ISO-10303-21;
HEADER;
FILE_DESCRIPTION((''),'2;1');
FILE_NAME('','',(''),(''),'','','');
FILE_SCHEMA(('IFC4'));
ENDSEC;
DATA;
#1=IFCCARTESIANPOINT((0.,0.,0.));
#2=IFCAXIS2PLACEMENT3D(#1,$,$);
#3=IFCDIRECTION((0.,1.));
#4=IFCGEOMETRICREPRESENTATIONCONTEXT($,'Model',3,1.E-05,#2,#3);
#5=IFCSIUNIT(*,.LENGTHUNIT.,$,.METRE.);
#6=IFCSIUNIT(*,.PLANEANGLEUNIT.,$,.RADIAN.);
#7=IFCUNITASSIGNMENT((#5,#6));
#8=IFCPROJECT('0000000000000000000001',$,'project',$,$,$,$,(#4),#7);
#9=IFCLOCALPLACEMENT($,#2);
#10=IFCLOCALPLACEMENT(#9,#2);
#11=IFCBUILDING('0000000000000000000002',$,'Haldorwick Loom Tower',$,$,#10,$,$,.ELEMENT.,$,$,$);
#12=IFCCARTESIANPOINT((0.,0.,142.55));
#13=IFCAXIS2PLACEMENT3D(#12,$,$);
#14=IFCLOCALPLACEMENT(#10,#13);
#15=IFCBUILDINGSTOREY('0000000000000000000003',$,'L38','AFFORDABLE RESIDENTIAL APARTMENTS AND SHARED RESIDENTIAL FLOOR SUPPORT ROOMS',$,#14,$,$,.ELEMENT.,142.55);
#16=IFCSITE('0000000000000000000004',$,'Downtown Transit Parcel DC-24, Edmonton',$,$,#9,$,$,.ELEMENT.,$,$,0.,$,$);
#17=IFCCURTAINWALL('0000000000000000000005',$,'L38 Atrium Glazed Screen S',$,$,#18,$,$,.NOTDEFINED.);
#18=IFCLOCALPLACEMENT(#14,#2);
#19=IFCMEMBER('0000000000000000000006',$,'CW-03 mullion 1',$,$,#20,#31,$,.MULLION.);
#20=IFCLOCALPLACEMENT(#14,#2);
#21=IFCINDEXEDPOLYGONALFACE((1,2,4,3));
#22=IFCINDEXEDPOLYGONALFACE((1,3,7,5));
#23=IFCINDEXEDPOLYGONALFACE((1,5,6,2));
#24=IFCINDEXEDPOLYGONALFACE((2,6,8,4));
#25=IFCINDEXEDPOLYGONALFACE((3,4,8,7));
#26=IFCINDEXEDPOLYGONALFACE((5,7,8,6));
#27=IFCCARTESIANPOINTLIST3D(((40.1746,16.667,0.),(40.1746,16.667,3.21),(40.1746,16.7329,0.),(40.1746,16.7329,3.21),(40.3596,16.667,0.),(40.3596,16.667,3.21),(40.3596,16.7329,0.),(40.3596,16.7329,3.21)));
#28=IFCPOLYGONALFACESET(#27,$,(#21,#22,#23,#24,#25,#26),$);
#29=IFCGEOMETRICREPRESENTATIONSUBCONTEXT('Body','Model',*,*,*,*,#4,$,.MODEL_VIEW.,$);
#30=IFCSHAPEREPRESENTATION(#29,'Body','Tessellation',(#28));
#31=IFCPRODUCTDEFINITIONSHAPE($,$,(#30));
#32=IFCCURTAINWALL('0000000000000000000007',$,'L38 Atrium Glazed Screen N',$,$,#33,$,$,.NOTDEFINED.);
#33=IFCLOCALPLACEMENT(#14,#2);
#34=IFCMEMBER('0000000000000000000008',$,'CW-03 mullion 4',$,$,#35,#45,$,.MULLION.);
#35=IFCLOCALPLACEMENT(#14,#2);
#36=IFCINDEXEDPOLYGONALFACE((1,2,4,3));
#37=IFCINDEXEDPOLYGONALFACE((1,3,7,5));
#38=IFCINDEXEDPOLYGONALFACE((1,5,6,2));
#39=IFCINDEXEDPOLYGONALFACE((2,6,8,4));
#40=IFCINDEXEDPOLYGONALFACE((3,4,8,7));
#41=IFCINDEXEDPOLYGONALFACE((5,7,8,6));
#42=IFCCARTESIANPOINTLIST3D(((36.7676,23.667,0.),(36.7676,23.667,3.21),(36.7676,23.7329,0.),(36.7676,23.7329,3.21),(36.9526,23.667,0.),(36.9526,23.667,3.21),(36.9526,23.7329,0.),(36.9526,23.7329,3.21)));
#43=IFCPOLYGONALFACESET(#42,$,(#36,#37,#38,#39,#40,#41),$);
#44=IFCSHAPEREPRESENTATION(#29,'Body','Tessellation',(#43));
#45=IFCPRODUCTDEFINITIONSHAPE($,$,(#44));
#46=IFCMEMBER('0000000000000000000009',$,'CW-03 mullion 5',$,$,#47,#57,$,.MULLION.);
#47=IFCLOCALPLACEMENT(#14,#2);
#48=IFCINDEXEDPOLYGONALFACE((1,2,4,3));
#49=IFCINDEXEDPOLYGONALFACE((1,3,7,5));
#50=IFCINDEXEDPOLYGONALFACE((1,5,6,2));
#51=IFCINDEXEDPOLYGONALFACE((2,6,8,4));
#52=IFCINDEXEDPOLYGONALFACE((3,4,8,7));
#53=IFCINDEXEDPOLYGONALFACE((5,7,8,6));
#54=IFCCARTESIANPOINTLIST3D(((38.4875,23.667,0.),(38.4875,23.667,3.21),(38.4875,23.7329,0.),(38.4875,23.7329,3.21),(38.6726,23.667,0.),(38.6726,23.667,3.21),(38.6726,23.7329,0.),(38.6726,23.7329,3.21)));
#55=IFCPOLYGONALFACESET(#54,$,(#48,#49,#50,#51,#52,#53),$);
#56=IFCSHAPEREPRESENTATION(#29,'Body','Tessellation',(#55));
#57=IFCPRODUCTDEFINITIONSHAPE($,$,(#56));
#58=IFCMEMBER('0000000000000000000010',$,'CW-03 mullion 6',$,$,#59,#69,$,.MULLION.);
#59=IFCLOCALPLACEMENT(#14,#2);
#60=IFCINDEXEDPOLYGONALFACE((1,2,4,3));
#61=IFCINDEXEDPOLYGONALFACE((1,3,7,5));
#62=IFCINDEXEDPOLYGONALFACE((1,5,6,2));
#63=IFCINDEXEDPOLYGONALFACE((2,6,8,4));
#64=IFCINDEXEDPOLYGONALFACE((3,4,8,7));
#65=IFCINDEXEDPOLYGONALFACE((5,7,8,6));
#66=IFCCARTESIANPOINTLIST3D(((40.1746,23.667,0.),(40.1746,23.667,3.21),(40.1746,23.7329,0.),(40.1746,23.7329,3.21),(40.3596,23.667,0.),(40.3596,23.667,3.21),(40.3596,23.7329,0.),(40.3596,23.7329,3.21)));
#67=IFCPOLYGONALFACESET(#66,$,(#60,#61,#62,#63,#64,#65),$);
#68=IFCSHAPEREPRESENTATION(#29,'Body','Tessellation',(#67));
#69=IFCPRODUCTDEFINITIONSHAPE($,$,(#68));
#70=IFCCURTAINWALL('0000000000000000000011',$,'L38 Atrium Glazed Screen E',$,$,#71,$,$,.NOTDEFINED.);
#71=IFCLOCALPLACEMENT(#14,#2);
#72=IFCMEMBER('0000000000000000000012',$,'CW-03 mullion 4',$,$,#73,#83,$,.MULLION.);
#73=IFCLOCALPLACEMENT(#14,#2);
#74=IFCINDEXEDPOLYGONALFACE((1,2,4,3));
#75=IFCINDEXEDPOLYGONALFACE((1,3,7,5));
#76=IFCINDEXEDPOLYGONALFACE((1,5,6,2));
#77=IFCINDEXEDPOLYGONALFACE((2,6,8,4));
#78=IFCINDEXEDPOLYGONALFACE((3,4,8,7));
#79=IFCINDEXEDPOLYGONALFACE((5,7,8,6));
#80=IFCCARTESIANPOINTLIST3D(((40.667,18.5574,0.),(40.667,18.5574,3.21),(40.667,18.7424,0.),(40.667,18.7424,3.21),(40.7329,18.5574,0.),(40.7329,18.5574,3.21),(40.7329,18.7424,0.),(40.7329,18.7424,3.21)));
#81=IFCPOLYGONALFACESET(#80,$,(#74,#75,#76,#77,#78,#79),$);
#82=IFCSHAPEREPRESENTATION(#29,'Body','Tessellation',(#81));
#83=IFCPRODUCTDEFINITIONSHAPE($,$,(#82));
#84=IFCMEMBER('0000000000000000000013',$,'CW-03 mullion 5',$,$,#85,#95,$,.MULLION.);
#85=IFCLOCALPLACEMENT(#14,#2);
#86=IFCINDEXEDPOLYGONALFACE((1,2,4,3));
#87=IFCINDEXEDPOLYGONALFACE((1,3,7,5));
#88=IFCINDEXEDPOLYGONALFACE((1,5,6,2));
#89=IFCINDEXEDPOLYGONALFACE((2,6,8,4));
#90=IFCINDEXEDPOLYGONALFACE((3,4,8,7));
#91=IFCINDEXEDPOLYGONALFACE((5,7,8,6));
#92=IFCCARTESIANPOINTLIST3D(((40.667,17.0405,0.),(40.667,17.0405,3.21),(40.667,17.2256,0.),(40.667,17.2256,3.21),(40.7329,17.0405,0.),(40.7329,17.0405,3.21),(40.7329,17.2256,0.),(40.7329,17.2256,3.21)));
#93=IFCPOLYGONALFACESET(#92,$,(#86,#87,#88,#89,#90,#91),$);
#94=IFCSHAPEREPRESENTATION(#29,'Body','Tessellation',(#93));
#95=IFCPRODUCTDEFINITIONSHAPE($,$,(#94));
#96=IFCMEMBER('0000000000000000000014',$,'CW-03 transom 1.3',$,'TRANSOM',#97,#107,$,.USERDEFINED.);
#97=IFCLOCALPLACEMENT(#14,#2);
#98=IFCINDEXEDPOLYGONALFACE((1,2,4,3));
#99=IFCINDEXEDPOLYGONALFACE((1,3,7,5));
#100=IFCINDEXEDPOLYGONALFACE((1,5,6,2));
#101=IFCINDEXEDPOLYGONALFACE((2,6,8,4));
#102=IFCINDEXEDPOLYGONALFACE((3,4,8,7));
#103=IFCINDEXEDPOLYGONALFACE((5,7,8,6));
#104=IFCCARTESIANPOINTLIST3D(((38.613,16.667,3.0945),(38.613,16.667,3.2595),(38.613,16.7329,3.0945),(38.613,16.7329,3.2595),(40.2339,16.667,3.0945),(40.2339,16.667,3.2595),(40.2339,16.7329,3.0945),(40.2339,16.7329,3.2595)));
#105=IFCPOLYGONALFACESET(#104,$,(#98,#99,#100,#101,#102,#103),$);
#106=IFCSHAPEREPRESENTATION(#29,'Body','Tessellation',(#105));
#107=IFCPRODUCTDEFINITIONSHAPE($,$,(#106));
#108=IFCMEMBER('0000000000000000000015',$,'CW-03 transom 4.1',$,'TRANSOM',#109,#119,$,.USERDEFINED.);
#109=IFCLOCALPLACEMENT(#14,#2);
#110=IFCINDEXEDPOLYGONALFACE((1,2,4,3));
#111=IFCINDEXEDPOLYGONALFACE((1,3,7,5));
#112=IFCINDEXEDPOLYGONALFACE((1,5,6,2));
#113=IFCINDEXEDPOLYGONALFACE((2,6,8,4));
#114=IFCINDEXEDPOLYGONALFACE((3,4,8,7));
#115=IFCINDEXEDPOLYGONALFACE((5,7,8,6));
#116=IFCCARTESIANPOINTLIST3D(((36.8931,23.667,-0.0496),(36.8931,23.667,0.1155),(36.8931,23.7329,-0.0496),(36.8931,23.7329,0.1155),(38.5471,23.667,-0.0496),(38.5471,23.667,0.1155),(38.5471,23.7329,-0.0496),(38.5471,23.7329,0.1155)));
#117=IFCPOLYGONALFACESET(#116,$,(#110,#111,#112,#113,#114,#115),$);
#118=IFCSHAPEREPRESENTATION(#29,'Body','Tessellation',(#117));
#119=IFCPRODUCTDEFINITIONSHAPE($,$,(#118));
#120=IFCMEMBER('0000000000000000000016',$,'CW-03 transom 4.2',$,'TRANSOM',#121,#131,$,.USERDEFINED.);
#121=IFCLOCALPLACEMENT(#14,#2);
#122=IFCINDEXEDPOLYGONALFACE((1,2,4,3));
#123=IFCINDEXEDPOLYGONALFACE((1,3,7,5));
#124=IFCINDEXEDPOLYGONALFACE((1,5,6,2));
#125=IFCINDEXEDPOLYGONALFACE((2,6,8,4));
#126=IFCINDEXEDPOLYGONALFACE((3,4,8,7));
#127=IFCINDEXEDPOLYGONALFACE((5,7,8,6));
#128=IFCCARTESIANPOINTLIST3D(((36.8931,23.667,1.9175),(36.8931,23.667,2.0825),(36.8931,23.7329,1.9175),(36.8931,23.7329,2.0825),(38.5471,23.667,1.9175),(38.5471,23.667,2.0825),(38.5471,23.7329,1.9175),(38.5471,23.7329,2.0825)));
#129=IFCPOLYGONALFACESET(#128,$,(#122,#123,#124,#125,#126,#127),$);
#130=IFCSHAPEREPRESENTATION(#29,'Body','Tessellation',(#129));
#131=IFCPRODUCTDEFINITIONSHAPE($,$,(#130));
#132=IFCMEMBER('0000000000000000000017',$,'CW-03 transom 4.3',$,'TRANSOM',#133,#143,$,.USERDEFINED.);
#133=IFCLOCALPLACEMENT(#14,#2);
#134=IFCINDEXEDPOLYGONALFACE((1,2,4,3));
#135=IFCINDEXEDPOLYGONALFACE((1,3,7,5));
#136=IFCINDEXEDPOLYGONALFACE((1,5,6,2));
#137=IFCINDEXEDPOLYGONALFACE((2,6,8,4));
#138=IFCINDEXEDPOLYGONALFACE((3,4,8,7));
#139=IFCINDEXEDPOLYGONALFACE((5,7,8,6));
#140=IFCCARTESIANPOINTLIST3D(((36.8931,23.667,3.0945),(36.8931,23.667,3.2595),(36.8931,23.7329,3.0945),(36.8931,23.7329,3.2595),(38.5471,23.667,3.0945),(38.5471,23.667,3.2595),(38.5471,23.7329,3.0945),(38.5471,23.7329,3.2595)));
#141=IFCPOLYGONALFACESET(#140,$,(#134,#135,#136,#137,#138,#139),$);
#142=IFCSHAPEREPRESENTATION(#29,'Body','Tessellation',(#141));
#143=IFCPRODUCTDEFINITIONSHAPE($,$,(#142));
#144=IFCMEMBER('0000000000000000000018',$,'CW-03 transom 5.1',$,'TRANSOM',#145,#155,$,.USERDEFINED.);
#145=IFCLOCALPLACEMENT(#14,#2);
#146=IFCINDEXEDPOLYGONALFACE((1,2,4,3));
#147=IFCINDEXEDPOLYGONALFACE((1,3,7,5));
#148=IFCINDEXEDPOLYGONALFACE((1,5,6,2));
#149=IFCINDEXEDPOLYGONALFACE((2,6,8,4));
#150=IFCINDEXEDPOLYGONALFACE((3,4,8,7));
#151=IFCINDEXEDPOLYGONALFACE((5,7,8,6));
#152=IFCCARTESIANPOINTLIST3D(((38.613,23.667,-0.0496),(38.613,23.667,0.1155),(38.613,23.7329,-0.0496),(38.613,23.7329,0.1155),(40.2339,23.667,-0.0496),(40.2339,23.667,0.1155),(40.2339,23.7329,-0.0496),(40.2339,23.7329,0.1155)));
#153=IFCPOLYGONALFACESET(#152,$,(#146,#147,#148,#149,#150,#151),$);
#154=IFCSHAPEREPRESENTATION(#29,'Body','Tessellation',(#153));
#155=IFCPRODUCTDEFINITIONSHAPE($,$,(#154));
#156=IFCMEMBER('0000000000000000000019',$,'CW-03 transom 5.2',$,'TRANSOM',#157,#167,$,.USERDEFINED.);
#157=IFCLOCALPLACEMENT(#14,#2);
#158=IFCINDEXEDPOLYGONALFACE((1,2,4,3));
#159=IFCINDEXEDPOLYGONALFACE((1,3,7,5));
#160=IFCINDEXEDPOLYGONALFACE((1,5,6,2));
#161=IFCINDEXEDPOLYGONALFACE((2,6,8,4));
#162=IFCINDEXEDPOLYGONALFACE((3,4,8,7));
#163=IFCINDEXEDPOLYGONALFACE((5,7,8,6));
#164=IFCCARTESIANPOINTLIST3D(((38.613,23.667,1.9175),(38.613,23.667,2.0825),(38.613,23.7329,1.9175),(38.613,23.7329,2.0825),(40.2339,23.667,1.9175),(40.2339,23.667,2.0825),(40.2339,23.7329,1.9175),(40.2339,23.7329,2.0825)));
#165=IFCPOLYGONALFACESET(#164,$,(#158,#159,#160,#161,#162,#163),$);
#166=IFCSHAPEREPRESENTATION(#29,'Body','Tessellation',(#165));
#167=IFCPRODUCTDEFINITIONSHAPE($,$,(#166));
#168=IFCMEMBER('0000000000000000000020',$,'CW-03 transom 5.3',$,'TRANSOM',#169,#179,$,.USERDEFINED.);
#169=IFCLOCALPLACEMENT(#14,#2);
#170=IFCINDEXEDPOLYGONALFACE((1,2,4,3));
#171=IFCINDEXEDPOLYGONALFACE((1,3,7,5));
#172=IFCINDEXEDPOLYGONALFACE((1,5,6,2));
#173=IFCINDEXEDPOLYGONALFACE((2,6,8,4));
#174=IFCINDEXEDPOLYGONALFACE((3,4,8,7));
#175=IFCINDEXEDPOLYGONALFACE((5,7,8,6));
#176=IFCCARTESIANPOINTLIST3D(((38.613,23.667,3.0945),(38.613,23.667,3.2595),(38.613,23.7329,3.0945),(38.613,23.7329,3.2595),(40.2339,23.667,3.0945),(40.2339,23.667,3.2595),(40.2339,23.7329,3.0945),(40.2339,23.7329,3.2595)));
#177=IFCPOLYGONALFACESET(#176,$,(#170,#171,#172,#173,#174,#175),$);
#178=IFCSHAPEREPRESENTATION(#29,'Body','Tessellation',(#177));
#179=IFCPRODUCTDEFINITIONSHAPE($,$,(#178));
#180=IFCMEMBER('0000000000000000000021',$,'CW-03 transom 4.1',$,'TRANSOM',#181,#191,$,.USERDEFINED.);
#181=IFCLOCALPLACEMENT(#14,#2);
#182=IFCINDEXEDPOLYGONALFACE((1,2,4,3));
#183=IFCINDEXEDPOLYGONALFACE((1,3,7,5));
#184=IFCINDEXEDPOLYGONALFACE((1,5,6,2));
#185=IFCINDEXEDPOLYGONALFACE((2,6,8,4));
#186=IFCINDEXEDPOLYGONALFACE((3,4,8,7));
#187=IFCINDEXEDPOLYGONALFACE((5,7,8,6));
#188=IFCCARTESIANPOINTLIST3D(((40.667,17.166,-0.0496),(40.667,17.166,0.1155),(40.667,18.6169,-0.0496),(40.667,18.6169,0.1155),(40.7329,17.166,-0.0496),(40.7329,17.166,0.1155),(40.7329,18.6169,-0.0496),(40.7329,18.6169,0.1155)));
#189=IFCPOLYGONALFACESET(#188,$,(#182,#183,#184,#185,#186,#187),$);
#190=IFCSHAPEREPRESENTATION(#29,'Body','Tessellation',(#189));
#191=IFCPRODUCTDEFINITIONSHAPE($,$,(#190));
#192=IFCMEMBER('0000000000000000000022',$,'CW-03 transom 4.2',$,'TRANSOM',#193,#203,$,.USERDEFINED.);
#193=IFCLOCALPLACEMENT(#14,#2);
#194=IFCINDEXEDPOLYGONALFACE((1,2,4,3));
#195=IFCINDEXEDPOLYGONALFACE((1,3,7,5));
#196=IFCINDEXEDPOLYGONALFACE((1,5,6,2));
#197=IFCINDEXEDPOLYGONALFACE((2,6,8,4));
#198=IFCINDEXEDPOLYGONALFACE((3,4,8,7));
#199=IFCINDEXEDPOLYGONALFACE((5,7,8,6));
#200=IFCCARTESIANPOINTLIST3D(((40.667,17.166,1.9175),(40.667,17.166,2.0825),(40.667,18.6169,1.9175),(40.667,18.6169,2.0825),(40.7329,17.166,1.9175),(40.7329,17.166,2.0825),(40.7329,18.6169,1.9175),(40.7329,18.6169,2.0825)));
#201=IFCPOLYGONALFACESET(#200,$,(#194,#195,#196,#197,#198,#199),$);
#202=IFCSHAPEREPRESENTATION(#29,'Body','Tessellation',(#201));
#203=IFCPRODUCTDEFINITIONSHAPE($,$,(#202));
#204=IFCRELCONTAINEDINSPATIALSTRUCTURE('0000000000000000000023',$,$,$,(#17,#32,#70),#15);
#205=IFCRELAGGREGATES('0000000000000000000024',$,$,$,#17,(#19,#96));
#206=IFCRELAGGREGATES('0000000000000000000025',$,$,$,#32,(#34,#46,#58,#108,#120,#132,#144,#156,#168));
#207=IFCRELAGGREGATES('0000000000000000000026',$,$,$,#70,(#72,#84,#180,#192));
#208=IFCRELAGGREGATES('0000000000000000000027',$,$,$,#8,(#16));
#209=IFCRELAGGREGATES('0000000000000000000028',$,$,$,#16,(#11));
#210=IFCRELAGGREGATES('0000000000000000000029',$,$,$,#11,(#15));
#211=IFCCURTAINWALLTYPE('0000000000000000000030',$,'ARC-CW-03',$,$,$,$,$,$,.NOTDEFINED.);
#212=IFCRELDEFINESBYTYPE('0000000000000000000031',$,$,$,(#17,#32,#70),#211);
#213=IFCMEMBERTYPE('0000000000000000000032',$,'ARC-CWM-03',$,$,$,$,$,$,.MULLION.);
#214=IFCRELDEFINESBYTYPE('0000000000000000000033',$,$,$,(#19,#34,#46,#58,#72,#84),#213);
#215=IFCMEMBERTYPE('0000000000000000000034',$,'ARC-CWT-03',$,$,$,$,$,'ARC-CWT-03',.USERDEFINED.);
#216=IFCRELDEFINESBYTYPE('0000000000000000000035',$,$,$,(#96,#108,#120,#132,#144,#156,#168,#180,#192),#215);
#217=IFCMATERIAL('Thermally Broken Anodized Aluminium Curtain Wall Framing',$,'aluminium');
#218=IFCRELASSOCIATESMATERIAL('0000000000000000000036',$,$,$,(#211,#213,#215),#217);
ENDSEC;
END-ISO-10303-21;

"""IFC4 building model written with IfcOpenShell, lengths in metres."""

from ifc_helpers import new_model, si_unit, direction, frame, origin, origin_2d, place, context, subcontext, project, spatial, rectangle, extrude, material, material_profile, profile_set, type_object, element, aggregate, save


model = new_model("IFC4")

# Units and contexts
model_context = context("Model", 3, precision=1e-05, world=origin(), true_north=direction((0.0, 1.0)))
body_context = subcontext(model_context, "Body", "Model", "MODEL_VIEW")
ifc_project = project(units=[si_unit("LENGTHUNIT", "METRE"), si_unit("PLANEANGLEUNIT", "RADIAN")], contexts=[model_context])

# Site, building, storey
site_placement = place(None, origin())
site = spatial("IfcSite", under=ifc_project, at=site_placement, Name="Downtown Transit Parcel DC-24, Edmonton", CompositionType="ELEMENT", RefElevation=0.0)
building_placement = place(site_placement, origin())
building = spatial("IfcBuilding", under=site, at=building_placement, Name="Haldorwick Loom Tower", CompositionType="ELEMENT")
storey_placement = place(building_placement, frame((0.0, 0.0, 142.55)))
storey = spatial("IfcBuildingStorey", under=building, at=storey_placement, Name="L38", Description="AFFORDABLE RESIDENTIAL APARTMENTS AND SHARED RESIDENTIAL FLOOR SUPPORT ROOMS", CompositionType="ELEMENT", Elevation=142.55)

# Curtain wall, member
ifc_material_1 = material(Name="Thermally Broken Anodized Aluminium Curtain Wall Framing", Category="aluminium")
curtain_wall_type = type_object("IfcCurtainWallType", Name="ARC-CW-03", PredefinedType="NOTDEFINED", material=ifc_material_1)
curtain_wall_1_placement = place(storey_placement, origin())
curtain_wall_1 = element("IfcCurtainWall", 1, at=curtain_wall_1_placement, inside=storey, type_object=curtain_wall_type, Name="L38 Atrium Glazed Screen S", PredefinedType="NOTDEFINED")
ifc_material_profile_1 = material_profile(ifc_material_1, rectangle(XDim=0.0659, YDim=0.1851, at=origin_2d()), Name="ALU_MUL_66X185", Category="aluminium")
ifc_profile_set_1 = profile_set([ifc_material_profile_1], Name="Thermally Broken Anodized Aluminium Curtain Wall Framing")
member_type_1 = type_object("IfcMemberType", Name="ARC-CWM-03", PredefinedType="MULLION", material=ifc_profile_set_1)
member_1_placement = place(storey_placement, frame((40.2671, 16.7, 0.0), z_axis=(0.0, 0.0, 1.0), x_axis=(0.0, -1.0, 0.0)))
member_1 = element("IfcMember", 2, at=member_1_placement, type_object=member_type_1, Name="CW-03 mullion 1", PredefinedType="MULLION", context=body_context, shape_type="SweptSolid", body=[
    extrude(rectangle(XDim=0.0659, YDim=0.1851, at=origin_2d()), origin(), (0.0, 0.0, 1.0), 3.21),
])

# Curtain walls, members
curtain_wall_2_placement = place(storey_placement, origin())
curtain_wall_2 = element("IfcCurtainWall", 3, at=curtain_wall_2_placement, inside=storey, type_object=curtain_wall_type, Name="L38 Atrium Glazed Screen N", PredefinedType="NOTDEFINED")
member_2_placement = place(storey_placement, frame((36.8601, 23.7, 0.0), z_axis=(0.0, 0.0, 1.0), x_axis=(0.0, 1.0, 0.0)))
member_2 = element("IfcMember", 4, at=member_2_placement, type_object=member_type_1, Name="CW-03 mullion 4", PredefinedType="MULLION", context=body_context, shape_type="SweptSolid", body=[
    extrude(rectangle(XDim=0.0659, YDim=0.1851, at=origin_2d()), origin(), (0.0, 0.0, 1.0), 3.21),
])
member_3_placement = place(storey_placement, frame((38.5801, 23.7, 0.0), z_axis=(0.0, 0.0, 1.0), x_axis=(0.0, 1.0, 0.0)))
member_3 = element("IfcMember", 5, at=member_3_placement, type_object=member_type_1, Name="CW-03 mullion 5", PredefinedType="MULLION", context=body_context, shape_type="SweptSolid", body=[
    extrude(rectangle(XDim=0.0659, YDim=0.1851, at=origin_2d()), origin(), (0.0, 0.0, 1.0), 3.21),
])
member_4_placement = place(storey_placement, frame((40.2671, 23.7, 0.0), z_axis=(0.0, 0.0, 1.0), x_axis=(0.0, 1.0, 0.0)))
member_4 = element("IfcMember", 6, at=member_4_placement, type_object=member_type_1, Name="CW-03 mullion 6", PredefinedType="MULLION", context=body_context, shape_type="SweptSolid", body=[
    extrude(rectangle(XDim=0.0659, YDim=0.1851, at=origin_2d()), origin(), (0.0, 0.0, 1.0), 3.21),
])
curtain_wall_3_placement = place(storey_placement, origin())
curtain_wall_3 = element("IfcCurtainWall", 7, at=curtain_wall_3_placement, inside=storey, type_object=curtain_wall_type, Name="L38 Atrium Glazed Screen E", PredefinedType="NOTDEFINED")
member_5_placement = place(storey_placement, frame((40.7, 18.6499, 0.0), z_axis=(0.0, 0.0, 1.0), x_axis=(1.0, 0.0, 0.0)))
member_5 = element("IfcMember", 8, at=member_5_placement, type_object=member_type_1, Name="CW-03 mullion 4", PredefinedType="MULLION", context=body_context, shape_type="SweptSolid", body=[
    extrude(rectangle(XDim=0.0659, YDim=0.1851, at=origin_2d()), origin(), (0.0, 0.0, 1.0), 3.21),
])
member_6_placement = place(storey_placement, frame((40.7, 17.1331, 0.0), z_axis=(0.0, 0.0, 1.0), x_axis=(1.0, 0.0, 0.0)))
member_6 = element("IfcMember", 9, at=member_6_placement, type_object=member_type_1, Name="CW-03 mullion 5", PredefinedType="MULLION", context=body_context, shape_type="SweptSolid", body=[
    extrude(rectangle(XDim=0.0659, YDim=0.1851, at=origin_2d()), origin(), (0.0, 0.0, 1.0), 3.21),
])

# Members
ifc_material_profile_2 = material_profile(ifc_material_1, rectangle(XDim=0.0659, YDim=0.165, at=origin_2d()), Name="ALU_TRN_66X165", Category="aluminium")
ifc_profile_set_2 = profile_set([ifc_material_profile_2], Name="Thermally Broken Anodized Aluminium Curtain Wall Framing")
member_type_2 = type_object("IfcMemberType", Name="ARC-CWT-03", ElementType="ARC-CWT-03", PredefinedType="USERDEFINED", material=ifc_profile_set_2)
member_7_placement = place(storey_placement, frame((40.2339, 16.7, 3.177), z_axis=(-1.0, 0.0, 0.0), x_axis=(0.0, -1.0, 0.0)))
member_7 = element("IfcMember", 10, at=member_7_placement, type_object=member_type_2, Name="CW-03 transom 1.3", ObjectType="TRANSOM", PredefinedType="USERDEFINED", context=body_context, shape_type="SweptSolid", body=[
    extrude(rectangle(XDim=0.0659, YDim=0.165, at=origin_2d()), origin(), (0.0, 0.0, 1.0), 1.6208),
])
aggregate(curtain_wall_1, [member_1, member_7])
member_8_placement = place(storey_placement, frame((36.8931, 23.7, 0.033), z_axis=(1.0, 0.0, 0.0), x_axis=(0.0, 1.0, 0.0)))
member_8 = element("IfcMember", 11, at=member_8_placement, type_object=member_type_2, Name="CW-03 transom 4.1", ObjectType="TRANSOM", PredefinedType="USERDEFINED", context=body_context, shape_type="SweptSolid", body=[
    extrude(rectangle(XDim=0.0659, YDim=0.165, at=origin_2d()), origin(), (0.0, 0.0, 1.0), 1.6541),
])
member_9_placement = place(storey_placement, frame((36.8931, 23.7, 2.0), z_axis=(1.0, 0.0, 0.0), x_axis=(0.0, 1.0, 0.0)))
member_9 = element("IfcMember", 12, at=member_9_placement, type_object=member_type_2, Name="CW-03 transom 4.2", ObjectType="TRANSOM", PredefinedType="USERDEFINED", context=body_context, shape_type="SweptSolid", body=[
    extrude(rectangle(XDim=0.0659, YDim=0.165, at=origin_2d()), origin(), (0.0, 0.0, 1.0), 1.6541),
])
member_10_placement = place(storey_placement, frame((36.8931, 23.7, 3.177), z_axis=(1.0, 0.0, 0.0), x_axis=(0.0, 1.0, 0.0)))
member_10 = element("IfcMember", 13, at=member_10_placement, type_object=member_type_2, Name="CW-03 transom 4.3", ObjectType="TRANSOM", PredefinedType="USERDEFINED", context=body_context, shape_type="SweptSolid", body=[
    extrude(rectangle(XDim=0.0659, YDim=0.165, at=origin_2d()), origin(), (0.0, 0.0, 1.0), 1.6541),
])
member_11_placement = place(storey_placement, frame((38.613, 23.7, 0.033), z_axis=(1.0, 0.0, 0.0), x_axis=(0.0, 1.0, 0.0)))
member_11 = element("IfcMember", 14, at=member_11_placement, type_object=member_type_2, Name="CW-03 transom 5.1", ObjectType="TRANSOM", PredefinedType="USERDEFINED", context=body_context, shape_type="SweptSolid", body=[
    extrude(rectangle(XDim=0.0659, YDim=0.165, at=origin_2d()), origin(), (0.0, 0.0, 1.0), 1.6208),
])
member_12_placement = place(storey_placement, frame((38.613, 23.7, 2.0), z_axis=(1.0, 0.0, 0.0), x_axis=(0.0, 1.0, 0.0)))
member_12 = element("IfcMember", 15, at=member_12_placement, type_object=member_type_2, Name="CW-03 transom 5.2", ObjectType="TRANSOM", PredefinedType="USERDEFINED", context=body_context, shape_type="SweptSolid", body=[
    extrude(rectangle(XDim=0.0659, YDim=0.165, at=origin_2d()), origin(), (0.0, 0.0, 1.0), 1.6208),
])
member_13_placement = place(storey_placement, frame((38.613, 23.7, 3.177), z_axis=(1.0, 0.0, 0.0), x_axis=(0.0, 1.0, 0.0)))
member_13 = element("IfcMember", 16, at=member_13_placement, type_object=member_type_2, Name="CW-03 transom 5.3", ObjectType="TRANSOM", PredefinedType="USERDEFINED", context=body_context, shape_type="SweptSolid", body=[
    extrude(rectangle(XDim=0.0659, YDim=0.165, at=origin_2d()), origin(), (0.0, 0.0, 1.0), 1.6208),
])
member_14_placement = place(storey_placement, frame((40.7, 18.6169, 0.033), z_axis=(0.0, -1.0, 0.0), x_axis=(1.0, 0.0, 0.0)))
member_14 = element("IfcMember", 17, at=member_14_placement, type_object=member_type_2, Name="CW-03 transom 4.1", ObjectType="TRANSOM", PredefinedType="USERDEFINED", context=body_context, shape_type="SweptSolid", body=[
    extrude(rectangle(XDim=0.0659, YDim=0.165, at=origin_2d()), origin(), (0.0, 0.0, 1.0), 1.4509),
])
member_15_placement = place(storey_placement, frame((40.7, 18.6169, 2.0), z_axis=(0.0, -1.0, 0.0), x_axis=(1.0, 0.0, 0.0)))
member_15 = element("IfcMember", 18, at=member_15_placement, type_object=member_type_2, Name="CW-03 transom 4.2", ObjectType="TRANSOM", PredefinedType="USERDEFINED", context=body_context, shape_type="SweptSolid", body=[
    extrude(rectangle(XDim=0.0659, YDim=0.165, at=origin_2d()), origin(), (0.0, 0.0, 1.0), 1.4509),
])

aggregate(curtain_wall_2, [member_2, member_3, member_4, member_8, member_9, member_10, member_11, member_12, member_13])
aggregate(curtain_wall_3, [member_5, member_6, member_14, member_15])

save(model, "model.ifc")
